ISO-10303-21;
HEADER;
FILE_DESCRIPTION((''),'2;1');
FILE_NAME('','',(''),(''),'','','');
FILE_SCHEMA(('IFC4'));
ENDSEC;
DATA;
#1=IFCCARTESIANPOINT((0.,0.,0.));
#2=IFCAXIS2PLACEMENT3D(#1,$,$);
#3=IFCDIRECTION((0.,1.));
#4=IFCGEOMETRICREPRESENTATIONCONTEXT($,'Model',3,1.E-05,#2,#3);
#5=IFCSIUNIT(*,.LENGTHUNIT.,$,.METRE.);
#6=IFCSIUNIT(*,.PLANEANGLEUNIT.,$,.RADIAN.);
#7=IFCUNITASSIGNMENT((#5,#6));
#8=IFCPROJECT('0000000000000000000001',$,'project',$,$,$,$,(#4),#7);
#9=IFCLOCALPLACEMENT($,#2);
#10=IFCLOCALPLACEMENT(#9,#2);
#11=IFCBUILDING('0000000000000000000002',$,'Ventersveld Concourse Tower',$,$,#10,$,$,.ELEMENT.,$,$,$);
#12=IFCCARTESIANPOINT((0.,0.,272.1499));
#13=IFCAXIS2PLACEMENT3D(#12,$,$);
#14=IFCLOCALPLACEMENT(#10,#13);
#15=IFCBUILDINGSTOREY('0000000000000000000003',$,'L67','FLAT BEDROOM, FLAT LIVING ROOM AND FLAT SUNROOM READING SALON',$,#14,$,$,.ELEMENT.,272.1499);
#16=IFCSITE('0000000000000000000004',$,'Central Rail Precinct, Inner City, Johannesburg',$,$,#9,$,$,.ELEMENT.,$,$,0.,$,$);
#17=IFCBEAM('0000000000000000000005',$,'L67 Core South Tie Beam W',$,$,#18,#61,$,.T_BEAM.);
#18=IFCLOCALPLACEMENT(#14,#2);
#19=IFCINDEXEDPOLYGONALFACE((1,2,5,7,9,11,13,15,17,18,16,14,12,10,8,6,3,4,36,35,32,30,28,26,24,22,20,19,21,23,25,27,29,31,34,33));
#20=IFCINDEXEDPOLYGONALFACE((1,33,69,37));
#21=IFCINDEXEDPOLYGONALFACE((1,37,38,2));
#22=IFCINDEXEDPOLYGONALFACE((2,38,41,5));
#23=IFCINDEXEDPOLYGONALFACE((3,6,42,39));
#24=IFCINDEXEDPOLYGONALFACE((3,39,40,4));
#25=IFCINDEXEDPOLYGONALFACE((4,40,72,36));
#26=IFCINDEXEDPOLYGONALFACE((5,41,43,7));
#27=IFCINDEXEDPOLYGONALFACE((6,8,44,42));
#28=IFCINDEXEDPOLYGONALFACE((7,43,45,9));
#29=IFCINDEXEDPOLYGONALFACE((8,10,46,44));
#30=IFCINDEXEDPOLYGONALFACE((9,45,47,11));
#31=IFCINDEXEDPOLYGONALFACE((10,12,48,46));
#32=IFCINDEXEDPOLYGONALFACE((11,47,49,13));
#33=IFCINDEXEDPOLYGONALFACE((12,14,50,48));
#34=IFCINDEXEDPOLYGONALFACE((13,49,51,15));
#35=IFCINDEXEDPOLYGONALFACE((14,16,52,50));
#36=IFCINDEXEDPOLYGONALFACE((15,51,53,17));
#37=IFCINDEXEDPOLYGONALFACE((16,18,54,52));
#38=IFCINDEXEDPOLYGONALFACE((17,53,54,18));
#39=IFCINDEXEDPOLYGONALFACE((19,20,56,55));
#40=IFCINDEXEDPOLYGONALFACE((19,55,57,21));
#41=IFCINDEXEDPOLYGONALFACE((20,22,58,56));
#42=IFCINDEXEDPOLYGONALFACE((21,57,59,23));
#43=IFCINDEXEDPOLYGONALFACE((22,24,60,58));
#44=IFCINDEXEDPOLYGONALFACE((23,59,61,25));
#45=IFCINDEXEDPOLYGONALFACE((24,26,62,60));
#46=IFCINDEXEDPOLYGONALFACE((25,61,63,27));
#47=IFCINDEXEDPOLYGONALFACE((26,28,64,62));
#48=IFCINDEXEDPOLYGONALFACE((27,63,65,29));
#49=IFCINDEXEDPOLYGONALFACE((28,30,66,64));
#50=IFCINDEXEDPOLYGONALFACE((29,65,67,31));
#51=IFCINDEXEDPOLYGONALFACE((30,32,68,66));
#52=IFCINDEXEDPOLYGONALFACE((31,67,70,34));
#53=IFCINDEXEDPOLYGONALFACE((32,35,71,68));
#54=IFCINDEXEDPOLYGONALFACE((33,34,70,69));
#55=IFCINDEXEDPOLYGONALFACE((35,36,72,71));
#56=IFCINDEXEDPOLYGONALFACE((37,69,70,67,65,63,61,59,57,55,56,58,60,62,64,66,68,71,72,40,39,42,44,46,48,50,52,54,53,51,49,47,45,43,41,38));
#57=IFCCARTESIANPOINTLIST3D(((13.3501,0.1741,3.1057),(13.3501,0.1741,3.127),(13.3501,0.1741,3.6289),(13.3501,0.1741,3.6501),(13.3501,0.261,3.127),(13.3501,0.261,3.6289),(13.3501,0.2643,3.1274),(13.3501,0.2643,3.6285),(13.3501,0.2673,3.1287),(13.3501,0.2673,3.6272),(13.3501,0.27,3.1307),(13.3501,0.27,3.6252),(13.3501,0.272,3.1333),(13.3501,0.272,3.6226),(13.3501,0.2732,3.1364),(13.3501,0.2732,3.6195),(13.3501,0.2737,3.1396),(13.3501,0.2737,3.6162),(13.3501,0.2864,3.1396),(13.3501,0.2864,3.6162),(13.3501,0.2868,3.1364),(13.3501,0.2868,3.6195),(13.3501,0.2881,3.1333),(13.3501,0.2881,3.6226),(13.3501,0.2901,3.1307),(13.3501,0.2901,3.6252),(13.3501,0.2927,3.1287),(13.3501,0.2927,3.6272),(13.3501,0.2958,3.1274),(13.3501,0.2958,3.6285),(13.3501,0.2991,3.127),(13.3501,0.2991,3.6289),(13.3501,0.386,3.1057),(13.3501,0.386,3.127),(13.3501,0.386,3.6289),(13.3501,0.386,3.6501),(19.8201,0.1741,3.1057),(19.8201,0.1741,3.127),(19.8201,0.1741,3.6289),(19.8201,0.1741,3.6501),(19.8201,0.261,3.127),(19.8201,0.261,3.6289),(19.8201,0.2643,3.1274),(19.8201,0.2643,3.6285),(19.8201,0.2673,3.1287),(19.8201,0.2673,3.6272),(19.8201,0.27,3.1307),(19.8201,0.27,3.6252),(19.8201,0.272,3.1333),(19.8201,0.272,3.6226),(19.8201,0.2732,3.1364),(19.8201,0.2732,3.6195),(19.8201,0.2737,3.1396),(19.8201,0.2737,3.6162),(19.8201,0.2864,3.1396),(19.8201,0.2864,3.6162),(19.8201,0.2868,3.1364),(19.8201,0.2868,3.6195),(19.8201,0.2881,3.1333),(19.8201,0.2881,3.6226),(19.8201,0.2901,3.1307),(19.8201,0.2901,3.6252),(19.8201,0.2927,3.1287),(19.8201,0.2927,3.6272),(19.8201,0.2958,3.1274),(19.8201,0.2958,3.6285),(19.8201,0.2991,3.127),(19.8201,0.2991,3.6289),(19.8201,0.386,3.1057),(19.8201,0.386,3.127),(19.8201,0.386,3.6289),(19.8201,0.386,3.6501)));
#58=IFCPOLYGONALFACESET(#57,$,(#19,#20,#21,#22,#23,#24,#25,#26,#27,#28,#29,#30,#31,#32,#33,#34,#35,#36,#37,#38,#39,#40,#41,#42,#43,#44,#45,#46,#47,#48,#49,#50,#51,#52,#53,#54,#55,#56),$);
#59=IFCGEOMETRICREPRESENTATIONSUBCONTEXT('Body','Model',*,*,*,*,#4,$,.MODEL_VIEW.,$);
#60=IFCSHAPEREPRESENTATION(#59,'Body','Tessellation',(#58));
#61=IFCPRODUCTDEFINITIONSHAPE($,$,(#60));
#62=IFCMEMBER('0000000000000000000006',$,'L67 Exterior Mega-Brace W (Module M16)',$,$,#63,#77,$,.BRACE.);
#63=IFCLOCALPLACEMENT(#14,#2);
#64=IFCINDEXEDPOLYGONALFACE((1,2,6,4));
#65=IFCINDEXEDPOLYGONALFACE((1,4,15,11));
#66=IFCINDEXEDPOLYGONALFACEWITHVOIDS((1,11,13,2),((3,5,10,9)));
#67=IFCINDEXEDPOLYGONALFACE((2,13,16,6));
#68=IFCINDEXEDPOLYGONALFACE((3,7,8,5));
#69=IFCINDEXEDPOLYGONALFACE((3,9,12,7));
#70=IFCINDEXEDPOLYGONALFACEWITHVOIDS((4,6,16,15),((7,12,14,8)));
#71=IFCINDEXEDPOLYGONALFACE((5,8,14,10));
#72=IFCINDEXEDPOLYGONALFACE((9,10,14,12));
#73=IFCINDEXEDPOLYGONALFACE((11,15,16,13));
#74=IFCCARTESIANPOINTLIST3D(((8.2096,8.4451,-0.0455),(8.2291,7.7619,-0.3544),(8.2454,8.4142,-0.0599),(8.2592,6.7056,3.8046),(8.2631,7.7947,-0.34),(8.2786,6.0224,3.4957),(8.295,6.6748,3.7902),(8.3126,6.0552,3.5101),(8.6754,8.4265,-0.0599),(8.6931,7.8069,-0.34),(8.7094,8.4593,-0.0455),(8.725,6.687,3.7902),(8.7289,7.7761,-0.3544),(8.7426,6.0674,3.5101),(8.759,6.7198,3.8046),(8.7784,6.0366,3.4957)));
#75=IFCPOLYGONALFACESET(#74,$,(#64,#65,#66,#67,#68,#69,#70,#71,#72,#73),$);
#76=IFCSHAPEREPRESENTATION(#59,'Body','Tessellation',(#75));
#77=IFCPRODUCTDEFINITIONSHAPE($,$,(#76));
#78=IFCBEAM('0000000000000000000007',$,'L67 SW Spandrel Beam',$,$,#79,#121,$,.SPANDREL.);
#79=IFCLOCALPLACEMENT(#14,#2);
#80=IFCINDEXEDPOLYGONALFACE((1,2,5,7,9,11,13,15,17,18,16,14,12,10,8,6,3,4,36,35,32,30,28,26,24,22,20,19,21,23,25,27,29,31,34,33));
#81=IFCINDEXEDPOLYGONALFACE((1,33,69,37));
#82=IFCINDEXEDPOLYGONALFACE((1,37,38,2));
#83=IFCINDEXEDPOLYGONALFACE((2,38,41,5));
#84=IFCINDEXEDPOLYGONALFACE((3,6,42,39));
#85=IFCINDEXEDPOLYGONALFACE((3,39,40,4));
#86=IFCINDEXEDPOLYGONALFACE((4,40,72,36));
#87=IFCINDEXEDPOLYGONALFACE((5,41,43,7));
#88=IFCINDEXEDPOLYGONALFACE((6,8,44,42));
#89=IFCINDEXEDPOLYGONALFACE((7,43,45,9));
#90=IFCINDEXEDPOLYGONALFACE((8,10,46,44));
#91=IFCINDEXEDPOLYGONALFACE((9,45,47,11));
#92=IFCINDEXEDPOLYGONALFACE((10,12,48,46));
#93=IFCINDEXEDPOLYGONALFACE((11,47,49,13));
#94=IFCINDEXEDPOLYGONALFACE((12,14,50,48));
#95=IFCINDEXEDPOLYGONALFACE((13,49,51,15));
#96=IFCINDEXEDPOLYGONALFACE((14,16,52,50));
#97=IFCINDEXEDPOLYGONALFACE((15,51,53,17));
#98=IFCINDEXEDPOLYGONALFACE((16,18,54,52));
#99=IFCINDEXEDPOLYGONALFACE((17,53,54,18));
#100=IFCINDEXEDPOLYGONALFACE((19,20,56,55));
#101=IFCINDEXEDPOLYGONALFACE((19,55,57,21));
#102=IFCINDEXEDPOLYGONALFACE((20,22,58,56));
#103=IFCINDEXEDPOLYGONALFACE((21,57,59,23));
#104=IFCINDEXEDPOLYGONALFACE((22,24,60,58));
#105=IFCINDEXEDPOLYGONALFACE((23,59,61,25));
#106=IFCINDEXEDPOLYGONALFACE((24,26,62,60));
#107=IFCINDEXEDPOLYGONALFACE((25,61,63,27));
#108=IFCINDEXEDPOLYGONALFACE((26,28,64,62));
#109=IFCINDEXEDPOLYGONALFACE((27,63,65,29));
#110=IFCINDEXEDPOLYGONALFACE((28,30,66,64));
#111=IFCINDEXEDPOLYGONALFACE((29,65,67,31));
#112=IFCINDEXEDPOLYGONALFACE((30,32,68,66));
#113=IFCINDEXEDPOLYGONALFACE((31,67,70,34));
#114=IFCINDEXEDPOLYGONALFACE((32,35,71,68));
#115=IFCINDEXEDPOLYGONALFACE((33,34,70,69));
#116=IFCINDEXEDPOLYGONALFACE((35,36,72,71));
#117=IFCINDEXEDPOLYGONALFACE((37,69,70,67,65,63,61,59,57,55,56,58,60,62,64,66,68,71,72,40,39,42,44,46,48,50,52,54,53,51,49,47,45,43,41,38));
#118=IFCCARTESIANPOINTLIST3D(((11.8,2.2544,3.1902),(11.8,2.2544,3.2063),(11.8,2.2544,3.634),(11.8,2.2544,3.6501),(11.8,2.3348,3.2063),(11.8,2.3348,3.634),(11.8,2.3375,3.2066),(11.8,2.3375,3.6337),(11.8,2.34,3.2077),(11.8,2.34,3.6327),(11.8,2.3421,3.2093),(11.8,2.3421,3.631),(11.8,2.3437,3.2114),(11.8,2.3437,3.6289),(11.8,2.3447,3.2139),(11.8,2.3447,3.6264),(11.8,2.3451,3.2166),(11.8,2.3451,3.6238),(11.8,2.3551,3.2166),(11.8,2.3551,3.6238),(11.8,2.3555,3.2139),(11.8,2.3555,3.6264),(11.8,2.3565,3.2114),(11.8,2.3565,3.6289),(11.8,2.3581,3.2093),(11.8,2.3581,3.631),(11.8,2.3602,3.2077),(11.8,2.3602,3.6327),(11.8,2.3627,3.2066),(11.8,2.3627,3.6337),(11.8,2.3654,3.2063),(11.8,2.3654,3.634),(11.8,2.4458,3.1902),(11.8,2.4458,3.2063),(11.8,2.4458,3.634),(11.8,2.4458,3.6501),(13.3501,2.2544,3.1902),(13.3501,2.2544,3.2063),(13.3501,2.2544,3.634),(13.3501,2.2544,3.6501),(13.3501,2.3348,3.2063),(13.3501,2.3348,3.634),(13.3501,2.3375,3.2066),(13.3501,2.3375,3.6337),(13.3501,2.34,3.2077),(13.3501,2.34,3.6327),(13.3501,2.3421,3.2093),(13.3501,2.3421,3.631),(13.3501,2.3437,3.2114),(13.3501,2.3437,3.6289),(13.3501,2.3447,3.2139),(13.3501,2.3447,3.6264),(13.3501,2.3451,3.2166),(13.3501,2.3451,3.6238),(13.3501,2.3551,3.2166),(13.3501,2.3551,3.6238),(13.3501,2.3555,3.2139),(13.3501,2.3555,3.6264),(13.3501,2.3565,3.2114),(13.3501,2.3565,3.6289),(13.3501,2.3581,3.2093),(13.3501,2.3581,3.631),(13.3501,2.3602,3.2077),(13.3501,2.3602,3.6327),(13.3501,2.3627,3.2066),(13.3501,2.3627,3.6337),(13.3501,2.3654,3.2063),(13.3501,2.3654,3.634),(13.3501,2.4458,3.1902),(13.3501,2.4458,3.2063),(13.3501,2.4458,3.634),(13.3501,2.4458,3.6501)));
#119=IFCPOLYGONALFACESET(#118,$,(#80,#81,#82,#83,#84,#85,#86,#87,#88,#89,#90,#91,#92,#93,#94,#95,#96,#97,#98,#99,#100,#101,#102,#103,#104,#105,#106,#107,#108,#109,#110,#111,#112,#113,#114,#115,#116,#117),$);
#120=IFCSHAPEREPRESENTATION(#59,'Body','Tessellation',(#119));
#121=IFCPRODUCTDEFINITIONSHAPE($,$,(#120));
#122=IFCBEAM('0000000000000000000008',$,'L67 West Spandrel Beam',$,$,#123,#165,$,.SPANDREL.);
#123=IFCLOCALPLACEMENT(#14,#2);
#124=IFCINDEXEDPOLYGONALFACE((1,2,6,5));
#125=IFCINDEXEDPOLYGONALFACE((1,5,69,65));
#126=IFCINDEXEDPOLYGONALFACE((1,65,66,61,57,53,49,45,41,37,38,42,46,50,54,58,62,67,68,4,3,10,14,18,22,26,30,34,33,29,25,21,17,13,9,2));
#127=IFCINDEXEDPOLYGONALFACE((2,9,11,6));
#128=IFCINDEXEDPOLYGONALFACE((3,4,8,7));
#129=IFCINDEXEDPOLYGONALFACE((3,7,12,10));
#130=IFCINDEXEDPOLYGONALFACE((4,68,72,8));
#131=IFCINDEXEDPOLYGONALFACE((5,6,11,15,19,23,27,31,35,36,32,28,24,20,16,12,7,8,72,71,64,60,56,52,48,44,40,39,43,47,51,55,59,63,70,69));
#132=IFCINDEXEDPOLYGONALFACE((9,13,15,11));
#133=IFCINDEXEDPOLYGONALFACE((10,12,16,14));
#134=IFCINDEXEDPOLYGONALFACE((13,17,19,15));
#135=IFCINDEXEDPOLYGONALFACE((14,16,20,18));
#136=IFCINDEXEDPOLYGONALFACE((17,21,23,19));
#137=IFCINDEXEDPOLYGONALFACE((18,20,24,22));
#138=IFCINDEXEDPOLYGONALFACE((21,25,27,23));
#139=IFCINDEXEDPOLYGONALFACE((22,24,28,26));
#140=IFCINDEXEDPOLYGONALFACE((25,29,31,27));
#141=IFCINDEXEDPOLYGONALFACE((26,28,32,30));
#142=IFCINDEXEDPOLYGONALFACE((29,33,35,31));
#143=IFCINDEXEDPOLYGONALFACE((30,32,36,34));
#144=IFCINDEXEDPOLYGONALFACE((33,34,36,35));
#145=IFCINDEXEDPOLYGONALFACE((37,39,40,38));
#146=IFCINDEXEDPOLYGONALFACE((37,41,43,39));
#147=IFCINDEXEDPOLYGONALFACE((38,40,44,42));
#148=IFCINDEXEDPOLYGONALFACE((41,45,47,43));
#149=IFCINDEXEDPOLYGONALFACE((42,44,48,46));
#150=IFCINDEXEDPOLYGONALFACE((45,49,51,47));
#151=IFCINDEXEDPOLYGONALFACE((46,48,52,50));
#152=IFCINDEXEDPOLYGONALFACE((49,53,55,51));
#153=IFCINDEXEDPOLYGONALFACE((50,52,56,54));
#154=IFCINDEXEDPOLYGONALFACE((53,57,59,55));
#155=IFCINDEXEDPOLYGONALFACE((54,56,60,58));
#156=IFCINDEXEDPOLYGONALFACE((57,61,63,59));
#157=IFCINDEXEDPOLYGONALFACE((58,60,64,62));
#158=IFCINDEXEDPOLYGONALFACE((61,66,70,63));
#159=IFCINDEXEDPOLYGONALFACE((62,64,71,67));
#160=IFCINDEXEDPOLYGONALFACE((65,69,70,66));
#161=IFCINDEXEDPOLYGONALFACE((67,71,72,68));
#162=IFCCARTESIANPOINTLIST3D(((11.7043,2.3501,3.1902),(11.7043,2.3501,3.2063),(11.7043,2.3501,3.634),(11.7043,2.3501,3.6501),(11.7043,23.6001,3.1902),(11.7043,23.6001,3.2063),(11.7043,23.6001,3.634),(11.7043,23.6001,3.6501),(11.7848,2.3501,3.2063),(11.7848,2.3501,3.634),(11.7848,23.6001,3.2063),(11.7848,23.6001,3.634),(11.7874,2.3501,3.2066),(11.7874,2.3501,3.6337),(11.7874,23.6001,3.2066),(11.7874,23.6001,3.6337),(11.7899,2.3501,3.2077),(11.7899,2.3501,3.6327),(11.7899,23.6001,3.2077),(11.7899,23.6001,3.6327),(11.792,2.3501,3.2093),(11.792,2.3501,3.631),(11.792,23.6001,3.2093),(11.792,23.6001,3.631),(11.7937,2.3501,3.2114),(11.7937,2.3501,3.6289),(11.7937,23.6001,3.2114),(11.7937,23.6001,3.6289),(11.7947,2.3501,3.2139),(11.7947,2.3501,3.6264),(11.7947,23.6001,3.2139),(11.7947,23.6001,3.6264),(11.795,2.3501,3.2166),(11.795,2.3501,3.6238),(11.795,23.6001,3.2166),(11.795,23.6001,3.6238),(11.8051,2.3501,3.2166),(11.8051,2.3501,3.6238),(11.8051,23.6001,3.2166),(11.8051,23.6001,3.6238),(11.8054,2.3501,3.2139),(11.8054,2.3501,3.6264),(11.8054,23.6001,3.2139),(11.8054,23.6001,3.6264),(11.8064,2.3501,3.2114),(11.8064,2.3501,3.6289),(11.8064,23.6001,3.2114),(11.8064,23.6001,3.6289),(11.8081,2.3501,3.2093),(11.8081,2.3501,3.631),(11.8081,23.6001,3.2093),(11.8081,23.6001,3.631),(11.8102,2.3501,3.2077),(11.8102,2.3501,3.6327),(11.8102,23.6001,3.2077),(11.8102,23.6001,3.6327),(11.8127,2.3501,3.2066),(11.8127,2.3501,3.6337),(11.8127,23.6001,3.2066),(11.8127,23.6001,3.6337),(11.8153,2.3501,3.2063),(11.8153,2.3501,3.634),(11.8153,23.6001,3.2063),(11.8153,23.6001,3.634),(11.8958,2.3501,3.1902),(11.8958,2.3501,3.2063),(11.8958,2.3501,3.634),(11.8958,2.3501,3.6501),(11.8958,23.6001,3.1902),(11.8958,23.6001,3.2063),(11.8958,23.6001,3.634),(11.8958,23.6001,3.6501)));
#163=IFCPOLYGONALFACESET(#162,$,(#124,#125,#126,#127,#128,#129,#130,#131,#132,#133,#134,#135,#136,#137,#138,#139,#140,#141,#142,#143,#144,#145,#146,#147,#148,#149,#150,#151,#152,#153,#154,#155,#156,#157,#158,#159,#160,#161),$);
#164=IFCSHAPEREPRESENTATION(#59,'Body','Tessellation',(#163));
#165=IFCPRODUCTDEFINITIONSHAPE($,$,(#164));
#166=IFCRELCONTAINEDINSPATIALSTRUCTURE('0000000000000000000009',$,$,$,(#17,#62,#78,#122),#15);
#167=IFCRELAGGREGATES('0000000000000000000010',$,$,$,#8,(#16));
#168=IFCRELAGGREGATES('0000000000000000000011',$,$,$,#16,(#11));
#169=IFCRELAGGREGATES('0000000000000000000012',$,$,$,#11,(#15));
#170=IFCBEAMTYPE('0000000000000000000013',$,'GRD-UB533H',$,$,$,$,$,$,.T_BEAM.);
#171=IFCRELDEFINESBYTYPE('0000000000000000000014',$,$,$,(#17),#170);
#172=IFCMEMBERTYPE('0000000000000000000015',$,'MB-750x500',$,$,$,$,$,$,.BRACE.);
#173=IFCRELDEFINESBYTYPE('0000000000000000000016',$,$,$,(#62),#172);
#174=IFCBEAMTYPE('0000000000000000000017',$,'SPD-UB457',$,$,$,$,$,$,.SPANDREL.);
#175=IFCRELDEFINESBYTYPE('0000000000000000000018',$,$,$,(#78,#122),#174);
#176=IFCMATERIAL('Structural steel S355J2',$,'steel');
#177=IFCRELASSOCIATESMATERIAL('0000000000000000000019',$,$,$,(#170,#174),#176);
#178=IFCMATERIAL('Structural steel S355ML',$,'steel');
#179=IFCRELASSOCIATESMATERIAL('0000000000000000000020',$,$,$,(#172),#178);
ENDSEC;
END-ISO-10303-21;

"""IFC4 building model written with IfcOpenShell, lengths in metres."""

from ifc_helpers import new_model, si_unit, direction, frame, origin, origin_2d, place, context, subcontext, project, spatial, hollow_rectangle, i_section, extrude, material, material_profile, profile_set, type_object, element, save


model = new_model("IFC4")

# Units and contexts
model_context = context("Model", 3, precision=1e-05, world=origin(), true_north=direction((0.0, 1.0)))
body_context = subcontext(model_context, "Body", "Model", "MODEL_VIEW")
ifc_project = project(units=[si_unit("LENGTHUNIT", "METRE"), si_unit("PLANEANGLEUNIT", "RADIAN")], contexts=[model_context])

# Site, building, storey
site_placement = place(None, origin())
site = spatial("IfcSite", under=ifc_project, at=site_placement, Name="Central Rail Precinct, Inner City, Johannesburg", CompositionType="ELEMENT", RefElevation=0.0)
building_placement = place(site_placement, origin())
building = spatial("IfcBuilding", under=site, at=building_placement, Name="Ventersveld Concourse Tower", CompositionType="ELEMENT")
storey_placement = place(building_placement, frame((0.0, 0.0, 272.1499)))
storey = spatial("IfcBuildingStorey", under=building, at=storey_placement, Name="L67", Description="FLAT BEDROOM, FLAT LIVING ROOM AND FLAT SUNROOM READING SALON", CompositionType="ELEMENT", Elevation=272.1499)

# Beam
ifc_material_1 = material(Name="Structural steel S355J2", Category="steel")
ifc_material_profile_1 = material_profile(ifc_material_1, i_section(OverallWidth=0.2119, OverallDepth=0.5444, WebThickness=0.0127, FlangeThickness=0.0212, FilletRadius=0.0127, at=origin_2d()), Name="UB 533x210x122")
ifc_profile_set_1 = profile_set([ifc_material_profile_1], Name="Structural steel S355J2")
beam_type_1 = type_object("IfcBeamType", Name="GRD-UB533H", PredefinedType="T_BEAM", material=ifc_profile_set_1)
beam_1_placement = place(storey_placement, frame((13.3501, 0.28, 3.3779), z_axis=(1.0, 0.0, 0.0), x_axis=(0.0, 1.0, 0.0)))
element("IfcBeam", 1, at=beam_1_placement, inside=storey, type_object=beam_type_1, Name="L67 Core South Tie Beam W", PredefinedType="T_BEAM", context=body_context, shape_type="SweptSolid", body=[
    extrude(i_section(OverallWidth=0.2119, OverallDepth=0.5444, WebThickness=0.0127, FlangeThickness=0.0212, FilletRadius=0.0127, at=origin_2d()), origin(), (0.0, 0.0, 1.0), 6.47),
])

# Member
ifc_material_2 = material(Name="Structural steel S355ML", Category="steel")
ifc_material_profile_2 = material_profile(ifc_material_2, hollow_rectangle(XDim=0.5, YDim=0.75, WallThickness=0.0349, at=origin_2d()), Name="BOX 750x500x35")
ifc_profile_set_2 = profile_set([ifc_material_profile_2], Name="Structural steel S355ML")
member_type = type_object("IfcMemberType", Name="MB-750x500", PredefinedType="BRACE", material=ifc_profile_set_2)
member_placement = place(storey_placement, frame((8.4692, 8.1106, -0.2), z_axis=(0.01173, -0.411705, 0.911241), x_axis=(0.999594, 0.02848, 0.0)))
element("IfcMember", 2, at=member_placement, inside=storey, type_object=member_type, Name="L67 Exterior Mega-Brace W (Module M16)", PredefinedType="BRACE", context=body_context, shape_type="SweptSolid", body=[
    extrude(hollow_rectangle(XDim=0.5, YDim=0.75, WallThickness=0.0349, at=origin_2d()), origin(), (0.0, 0.0, 1.0), 4.2251),
])

# Beams
ifc_material_profile_3 = material_profile(ifc_material_1, i_section(OverallWidth=0.1914, OverallDepth=0.46, WebThickness=0.01, FlangeThickness=0.0161, FilletRadius=0.0103, at=origin_2d()), Name="UB 457x191x82")
ifc_profile_set_3 = profile_set([ifc_material_profile_3], Name="Structural steel S355J2")
beam_type_2 = type_object("IfcBeamType", Name="SPD-UB457", PredefinedType="SPANDREL", material=ifc_profile_set_3)
beam_2_placement = place(storey_placement, frame((11.8, 2.3501, 3.4202), z_axis=(1.0, 0.0, 0.0), x_axis=(0.0, 1.0, 0.0)))
element("IfcBeam", 3, at=beam_2_placement, inside=storey, type_object=beam_type_2, Name="L67 SW Spandrel Beam", PredefinedType="SPANDREL", context=body_context, shape_type="SweptSolid", body=[
    extrude(i_section(OverallWidth=0.1914, OverallDepth=0.46, WebThickness=0.01, FlangeThickness=0.0161, FilletRadius=0.0103, at=origin_2d()), origin(), (0.0, 0.0, 1.0), 1.55),
])
beam_3_placement = place(storey_placement, frame((11.8, 2.3501, 3.4202), z_axis=(0.0, 1.0, 0.0), x_axis=(-1.0, 0.0, 0.0)))
element("IfcBeam", 4, at=beam_3_placement, inside=storey, type_object=beam_type_2, Name="L67 West Spandrel Beam", PredefinedType="SPANDREL", context=body_context, shape_type="SweptSolid", body=[
    extrude(i_section(OverallWidth=0.1914, OverallDepth=0.46, WebThickness=0.01, FlangeThickness=0.0161, FilletRadius=0.0103, at=origin_2d()), origin(), (0.0, 0.0, 1.0), 21.25),
])

save(model, "model.ifc")
